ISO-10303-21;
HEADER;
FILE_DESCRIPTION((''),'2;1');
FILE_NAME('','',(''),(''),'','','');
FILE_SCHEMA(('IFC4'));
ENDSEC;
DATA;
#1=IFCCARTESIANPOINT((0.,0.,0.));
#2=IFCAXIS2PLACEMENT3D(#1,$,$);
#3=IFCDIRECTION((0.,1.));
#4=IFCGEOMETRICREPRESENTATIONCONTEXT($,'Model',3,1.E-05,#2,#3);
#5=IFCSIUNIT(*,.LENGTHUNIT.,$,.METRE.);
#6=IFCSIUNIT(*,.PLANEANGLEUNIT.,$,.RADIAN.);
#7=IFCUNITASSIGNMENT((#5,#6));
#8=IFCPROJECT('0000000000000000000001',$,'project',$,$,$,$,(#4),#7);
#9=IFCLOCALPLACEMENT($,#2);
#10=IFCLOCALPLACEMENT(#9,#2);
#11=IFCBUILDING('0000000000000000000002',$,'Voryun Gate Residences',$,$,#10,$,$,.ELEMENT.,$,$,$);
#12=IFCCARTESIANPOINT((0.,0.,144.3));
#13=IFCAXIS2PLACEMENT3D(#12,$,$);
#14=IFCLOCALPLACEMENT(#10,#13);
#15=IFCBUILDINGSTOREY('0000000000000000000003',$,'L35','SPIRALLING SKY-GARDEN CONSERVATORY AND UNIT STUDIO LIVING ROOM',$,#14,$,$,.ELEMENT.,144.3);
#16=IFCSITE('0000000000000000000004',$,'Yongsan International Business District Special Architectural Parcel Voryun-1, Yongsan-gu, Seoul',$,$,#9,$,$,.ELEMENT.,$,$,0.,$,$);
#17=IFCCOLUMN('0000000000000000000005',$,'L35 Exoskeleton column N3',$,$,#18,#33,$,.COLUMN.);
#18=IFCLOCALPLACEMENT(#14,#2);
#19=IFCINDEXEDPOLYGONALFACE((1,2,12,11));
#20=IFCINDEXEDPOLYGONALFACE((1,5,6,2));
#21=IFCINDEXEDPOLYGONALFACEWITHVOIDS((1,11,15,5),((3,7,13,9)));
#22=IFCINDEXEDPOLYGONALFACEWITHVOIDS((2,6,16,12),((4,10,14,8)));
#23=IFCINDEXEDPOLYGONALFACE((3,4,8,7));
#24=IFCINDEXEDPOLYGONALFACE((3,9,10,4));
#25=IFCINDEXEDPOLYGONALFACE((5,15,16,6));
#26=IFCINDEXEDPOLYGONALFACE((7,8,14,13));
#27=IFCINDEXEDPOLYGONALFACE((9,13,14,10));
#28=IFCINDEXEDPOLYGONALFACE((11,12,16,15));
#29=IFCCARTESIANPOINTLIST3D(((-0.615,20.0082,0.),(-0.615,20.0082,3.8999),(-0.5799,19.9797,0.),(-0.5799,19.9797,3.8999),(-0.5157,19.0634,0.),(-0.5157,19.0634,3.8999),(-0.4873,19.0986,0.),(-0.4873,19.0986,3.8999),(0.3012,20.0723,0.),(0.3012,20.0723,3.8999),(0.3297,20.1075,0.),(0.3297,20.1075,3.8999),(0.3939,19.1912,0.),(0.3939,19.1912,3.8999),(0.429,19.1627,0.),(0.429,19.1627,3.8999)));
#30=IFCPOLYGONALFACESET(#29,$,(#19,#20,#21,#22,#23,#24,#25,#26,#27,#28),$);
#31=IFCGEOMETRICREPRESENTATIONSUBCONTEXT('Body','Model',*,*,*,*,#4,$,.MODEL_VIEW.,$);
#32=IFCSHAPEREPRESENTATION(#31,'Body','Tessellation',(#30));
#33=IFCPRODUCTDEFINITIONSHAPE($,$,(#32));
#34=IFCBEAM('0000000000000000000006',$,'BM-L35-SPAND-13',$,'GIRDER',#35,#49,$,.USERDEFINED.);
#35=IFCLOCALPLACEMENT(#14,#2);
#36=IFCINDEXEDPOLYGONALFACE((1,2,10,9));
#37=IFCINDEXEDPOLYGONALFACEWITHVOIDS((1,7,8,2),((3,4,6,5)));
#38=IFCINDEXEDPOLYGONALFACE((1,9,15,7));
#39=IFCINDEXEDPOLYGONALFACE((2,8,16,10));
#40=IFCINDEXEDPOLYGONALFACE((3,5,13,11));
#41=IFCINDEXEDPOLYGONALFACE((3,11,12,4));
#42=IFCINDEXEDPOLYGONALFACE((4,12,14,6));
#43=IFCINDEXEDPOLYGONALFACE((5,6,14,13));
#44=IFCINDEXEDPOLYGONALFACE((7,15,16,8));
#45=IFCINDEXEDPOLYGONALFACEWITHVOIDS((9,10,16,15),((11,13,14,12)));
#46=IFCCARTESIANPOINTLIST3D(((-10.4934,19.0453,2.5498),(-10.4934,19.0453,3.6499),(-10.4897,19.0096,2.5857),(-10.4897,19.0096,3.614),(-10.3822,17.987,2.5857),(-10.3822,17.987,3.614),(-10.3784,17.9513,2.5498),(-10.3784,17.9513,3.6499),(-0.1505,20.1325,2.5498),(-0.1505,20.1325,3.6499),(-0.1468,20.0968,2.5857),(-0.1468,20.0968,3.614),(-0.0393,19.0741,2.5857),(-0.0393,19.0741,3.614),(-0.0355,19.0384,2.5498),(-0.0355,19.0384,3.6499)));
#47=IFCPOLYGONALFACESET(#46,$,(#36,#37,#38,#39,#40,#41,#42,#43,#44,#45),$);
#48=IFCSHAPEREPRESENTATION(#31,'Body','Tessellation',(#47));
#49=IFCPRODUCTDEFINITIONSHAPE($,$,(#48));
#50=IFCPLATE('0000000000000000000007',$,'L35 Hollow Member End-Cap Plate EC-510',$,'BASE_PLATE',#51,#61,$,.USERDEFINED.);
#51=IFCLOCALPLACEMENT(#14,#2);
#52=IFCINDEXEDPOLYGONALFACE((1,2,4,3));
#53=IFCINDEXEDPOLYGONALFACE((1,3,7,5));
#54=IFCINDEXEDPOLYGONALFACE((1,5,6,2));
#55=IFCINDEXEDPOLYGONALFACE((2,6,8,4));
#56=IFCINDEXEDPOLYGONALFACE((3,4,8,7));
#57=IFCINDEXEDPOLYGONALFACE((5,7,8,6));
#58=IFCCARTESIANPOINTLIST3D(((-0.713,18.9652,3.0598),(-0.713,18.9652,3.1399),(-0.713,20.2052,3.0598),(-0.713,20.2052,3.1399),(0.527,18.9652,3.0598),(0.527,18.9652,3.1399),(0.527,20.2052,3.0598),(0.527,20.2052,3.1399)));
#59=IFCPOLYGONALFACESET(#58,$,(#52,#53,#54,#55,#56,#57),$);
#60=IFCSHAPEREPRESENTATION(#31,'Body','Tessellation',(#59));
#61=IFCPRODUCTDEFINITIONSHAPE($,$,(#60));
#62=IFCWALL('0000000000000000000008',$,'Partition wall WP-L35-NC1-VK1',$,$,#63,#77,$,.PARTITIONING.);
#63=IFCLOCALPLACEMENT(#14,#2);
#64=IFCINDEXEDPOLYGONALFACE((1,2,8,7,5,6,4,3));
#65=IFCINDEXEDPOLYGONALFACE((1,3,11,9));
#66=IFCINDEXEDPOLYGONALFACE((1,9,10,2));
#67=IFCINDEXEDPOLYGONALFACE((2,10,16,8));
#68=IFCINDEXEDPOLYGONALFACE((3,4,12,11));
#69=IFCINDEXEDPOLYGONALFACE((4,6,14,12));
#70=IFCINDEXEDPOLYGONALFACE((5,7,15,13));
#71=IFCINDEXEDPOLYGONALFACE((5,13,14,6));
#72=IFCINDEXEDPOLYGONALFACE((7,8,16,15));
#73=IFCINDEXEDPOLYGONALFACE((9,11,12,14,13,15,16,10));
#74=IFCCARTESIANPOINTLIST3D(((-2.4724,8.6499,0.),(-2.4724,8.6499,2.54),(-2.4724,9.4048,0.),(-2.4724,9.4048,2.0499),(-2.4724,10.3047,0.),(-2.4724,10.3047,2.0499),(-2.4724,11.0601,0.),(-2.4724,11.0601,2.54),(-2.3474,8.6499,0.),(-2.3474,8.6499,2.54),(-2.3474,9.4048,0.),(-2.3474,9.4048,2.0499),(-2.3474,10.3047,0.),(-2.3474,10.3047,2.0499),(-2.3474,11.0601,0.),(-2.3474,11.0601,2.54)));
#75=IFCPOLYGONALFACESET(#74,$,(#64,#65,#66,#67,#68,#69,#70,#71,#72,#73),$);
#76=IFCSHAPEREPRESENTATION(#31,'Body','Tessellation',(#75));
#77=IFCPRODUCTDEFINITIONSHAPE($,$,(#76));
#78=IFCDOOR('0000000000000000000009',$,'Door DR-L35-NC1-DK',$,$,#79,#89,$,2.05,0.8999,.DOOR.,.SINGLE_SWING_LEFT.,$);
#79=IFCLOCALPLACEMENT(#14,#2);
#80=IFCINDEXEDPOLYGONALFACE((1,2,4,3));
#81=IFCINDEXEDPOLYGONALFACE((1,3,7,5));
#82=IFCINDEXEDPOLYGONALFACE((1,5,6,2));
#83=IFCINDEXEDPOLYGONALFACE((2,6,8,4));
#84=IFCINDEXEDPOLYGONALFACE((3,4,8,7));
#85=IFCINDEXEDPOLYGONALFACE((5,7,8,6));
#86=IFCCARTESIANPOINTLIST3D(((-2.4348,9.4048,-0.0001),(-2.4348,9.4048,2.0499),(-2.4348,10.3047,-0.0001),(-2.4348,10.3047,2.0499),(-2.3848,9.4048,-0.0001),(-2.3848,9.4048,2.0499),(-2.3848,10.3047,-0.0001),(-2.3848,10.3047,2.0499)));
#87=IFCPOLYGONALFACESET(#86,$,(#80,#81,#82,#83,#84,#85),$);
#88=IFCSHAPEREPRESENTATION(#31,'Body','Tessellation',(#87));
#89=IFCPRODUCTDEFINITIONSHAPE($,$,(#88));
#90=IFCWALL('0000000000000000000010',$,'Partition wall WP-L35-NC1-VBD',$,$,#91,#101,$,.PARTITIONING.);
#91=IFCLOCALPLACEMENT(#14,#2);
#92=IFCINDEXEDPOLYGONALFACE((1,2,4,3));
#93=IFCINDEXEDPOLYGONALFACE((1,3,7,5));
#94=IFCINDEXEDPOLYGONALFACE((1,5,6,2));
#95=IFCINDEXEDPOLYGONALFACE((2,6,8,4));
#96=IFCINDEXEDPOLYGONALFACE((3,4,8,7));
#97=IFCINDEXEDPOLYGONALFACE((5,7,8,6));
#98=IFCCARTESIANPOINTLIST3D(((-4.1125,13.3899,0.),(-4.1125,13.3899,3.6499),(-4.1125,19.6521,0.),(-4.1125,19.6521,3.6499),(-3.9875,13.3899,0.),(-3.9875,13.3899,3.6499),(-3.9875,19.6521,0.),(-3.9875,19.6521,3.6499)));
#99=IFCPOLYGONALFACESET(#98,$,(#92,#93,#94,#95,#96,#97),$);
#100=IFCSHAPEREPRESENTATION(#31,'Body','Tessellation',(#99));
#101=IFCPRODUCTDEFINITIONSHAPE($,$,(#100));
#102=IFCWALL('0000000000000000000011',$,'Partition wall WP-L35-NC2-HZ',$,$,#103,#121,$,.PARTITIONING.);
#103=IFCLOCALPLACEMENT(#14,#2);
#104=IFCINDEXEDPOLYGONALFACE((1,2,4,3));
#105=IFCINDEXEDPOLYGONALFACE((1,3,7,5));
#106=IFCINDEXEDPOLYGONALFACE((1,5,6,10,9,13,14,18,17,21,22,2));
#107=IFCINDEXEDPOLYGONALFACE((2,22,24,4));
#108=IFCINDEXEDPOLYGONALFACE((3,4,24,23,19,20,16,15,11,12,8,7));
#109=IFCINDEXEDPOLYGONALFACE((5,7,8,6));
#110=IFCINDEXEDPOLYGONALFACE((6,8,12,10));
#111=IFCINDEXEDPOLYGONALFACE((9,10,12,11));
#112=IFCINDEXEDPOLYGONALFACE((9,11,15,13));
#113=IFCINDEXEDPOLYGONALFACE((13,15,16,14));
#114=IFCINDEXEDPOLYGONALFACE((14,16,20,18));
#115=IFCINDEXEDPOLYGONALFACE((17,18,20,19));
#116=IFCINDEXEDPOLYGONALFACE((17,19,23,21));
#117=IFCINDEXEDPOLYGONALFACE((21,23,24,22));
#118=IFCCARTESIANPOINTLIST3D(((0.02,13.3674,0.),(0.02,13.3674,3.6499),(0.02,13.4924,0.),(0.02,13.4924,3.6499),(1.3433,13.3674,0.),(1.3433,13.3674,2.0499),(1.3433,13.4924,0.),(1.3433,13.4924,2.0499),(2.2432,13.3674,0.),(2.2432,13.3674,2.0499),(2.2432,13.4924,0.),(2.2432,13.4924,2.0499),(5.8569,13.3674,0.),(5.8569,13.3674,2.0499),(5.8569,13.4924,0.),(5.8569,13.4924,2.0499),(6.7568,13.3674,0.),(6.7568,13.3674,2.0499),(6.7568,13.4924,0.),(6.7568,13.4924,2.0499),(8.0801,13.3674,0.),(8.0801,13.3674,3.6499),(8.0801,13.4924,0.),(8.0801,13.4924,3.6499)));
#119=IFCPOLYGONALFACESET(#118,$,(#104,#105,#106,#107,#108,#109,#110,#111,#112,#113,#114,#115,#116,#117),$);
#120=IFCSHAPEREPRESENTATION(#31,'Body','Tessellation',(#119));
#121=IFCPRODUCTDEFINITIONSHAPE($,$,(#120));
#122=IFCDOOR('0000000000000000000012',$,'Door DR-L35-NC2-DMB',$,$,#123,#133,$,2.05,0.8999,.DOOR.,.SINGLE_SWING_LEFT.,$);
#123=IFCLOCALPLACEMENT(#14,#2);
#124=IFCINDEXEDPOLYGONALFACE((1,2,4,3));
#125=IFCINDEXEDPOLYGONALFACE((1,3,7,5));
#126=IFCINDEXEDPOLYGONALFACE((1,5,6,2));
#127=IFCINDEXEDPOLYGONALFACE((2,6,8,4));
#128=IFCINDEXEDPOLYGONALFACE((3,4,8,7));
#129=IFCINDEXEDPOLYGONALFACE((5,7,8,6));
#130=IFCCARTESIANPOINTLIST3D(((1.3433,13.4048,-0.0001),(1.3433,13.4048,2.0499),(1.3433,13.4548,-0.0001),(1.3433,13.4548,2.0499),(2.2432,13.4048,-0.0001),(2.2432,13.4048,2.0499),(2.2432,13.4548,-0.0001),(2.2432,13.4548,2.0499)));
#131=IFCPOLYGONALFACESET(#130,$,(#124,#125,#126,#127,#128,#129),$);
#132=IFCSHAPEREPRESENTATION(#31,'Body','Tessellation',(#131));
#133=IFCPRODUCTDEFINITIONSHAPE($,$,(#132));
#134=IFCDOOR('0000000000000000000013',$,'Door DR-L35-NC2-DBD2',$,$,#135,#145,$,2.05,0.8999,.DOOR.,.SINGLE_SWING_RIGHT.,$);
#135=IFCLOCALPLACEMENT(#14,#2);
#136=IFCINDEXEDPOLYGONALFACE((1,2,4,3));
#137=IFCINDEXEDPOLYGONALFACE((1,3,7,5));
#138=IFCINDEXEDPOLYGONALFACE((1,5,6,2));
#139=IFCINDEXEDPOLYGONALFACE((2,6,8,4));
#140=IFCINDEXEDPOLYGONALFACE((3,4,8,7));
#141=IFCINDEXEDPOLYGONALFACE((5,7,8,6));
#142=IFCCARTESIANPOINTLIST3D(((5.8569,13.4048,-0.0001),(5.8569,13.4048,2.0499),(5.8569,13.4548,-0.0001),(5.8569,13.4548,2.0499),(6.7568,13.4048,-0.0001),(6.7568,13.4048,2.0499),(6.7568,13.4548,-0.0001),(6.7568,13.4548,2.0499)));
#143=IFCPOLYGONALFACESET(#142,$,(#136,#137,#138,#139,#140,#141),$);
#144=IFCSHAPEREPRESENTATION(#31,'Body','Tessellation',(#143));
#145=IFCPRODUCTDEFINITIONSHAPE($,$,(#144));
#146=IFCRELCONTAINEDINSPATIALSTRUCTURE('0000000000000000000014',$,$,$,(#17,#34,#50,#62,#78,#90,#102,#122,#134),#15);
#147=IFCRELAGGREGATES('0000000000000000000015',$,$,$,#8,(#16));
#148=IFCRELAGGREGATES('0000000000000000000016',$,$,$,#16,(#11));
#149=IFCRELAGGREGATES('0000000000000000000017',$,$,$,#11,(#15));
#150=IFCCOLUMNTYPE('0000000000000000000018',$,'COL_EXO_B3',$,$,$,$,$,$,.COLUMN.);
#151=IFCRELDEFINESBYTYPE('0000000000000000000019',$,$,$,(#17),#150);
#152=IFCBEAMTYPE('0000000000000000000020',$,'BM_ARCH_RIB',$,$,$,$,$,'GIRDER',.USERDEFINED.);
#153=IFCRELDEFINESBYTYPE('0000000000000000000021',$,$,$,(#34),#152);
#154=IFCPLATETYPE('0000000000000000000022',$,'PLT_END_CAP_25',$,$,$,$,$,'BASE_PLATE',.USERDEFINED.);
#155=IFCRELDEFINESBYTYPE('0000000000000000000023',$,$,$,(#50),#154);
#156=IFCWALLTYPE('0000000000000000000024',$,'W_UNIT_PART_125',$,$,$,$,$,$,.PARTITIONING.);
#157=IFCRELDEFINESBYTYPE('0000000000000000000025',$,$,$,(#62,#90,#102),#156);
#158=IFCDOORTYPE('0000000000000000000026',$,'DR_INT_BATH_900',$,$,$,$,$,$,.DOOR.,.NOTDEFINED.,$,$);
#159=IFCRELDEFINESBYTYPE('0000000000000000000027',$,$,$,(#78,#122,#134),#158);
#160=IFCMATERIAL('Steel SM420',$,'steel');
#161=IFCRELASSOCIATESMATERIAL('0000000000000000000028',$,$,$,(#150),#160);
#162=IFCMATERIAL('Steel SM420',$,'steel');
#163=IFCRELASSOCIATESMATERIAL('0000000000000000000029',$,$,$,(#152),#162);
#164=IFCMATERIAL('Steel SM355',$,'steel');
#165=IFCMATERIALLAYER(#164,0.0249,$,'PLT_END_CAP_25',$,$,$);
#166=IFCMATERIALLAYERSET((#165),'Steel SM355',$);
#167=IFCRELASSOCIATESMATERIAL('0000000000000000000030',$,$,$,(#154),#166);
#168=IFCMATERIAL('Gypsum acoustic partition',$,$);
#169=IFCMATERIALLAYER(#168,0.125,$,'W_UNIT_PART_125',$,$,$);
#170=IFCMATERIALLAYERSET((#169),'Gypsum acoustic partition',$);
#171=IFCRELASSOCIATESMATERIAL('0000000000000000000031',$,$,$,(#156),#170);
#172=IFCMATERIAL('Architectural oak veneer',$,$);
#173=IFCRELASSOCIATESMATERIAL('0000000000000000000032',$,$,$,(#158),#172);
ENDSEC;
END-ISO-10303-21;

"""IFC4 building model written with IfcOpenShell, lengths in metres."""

from ifc_helpers import new_model, si_unit, direction, frame, frame_2d, origin, origin_2d, place, context, subcontext, project, spatial, rectangle, hollow_rectangle, extrude, material, layer, layer_set, material_profile, profile_set, type_object, element, fill, save


model = new_model("IFC4")

# Units and contexts
model_context = context("Model", 3, precision=1e-05, world=origin(), true_north=direction((0.0, 1.0)))
body_context = subcontext(model_context, "Body", "Model", "MODEL_VIEW")
ifc_project = project(units=[si_unit("LENGTHUNIT", "METRE"), si_unit("PLANEANGLEUNIT", "RADIAN")], contexts=[model_context])

# Site, building, storey
site_placement = place(None, origin())
site = spatial("IfcSite", under=ifc_project, at=site_placement, Name="Yongsan International Business District Special Architectural Parcel Voryun-1, Yongsan-gu, Seoul", CompositionType="ELEMENT", RefElevation=0.0)
building_placement = place(site_placement, origin())
building = spatial("IfcBuilding", under=site, at=building_placement, Name="Voryun Gate Residences", CompositionType="ELEMENT")
storey_placement = place(building_placement, frame((0.0, 0.0, 144.3)))
storey = spatial("IfcBuildingStorey", under=building, at=storey_placement, Name="L35", Description="SPIRALLING SKY-GARDEN CONSERVATORY AND UNIT STUDIO LIVING ROOM", CompositionType="ELEMENT", Elevation=144.3)

# Column
ifc_material_1 = material(Name="Steel SM420", Category="steel")
ifc_material_profile_1 = material_profile(ifc_material_1, hollow_rectangle(XDim=0.95, YDim=0.95, WallThickness=0.032, at=origin_2d()), Name="BOX-950x950x32")
ifc_profile_set_1 = profile_set([ifc_material_profile_1], Name="Steel SM420")
column_type = type_object("IfcColumnType", Name="COL_EXO_B3", PredefinedType="COLUMN", material=ifc_profile_set_1)
column_placement = place(storey_placement, frame((-0.093, 19.5854, 0.0), z_axis=(0.0, 0.0, 1.0), x_axis=(0.994522, 0.104528, 0.0)))
element("IfcColumn", 1, at=column_placement, inside=storey, type_object=column_type, Name="L35 Exoskeleton column N3", PredefinedType="COLUMN", context=body_context, shape_type="SweptSolid", body=[
    extrude(hollow_rectangle(XDim=0.95, YDim=0.95, WallThickness=0.032, at=origin_2d()), origin(), (0.0, 0.0, 1.0), 3.8999),
])

# Beam
ifc_material_2 = material(Name="Steel SM420", Category="steel")
ifc_material_profile_2 = material_profile(ifc_material_2, hollow_rectangle(XDim=1.1001, YDim=1.1001, WallThickness=0.0359, at=origin_2d()), Name="BOX-1100x1100x36")
ifc_profile_set_2 = profile_set([ifc_material_profile_2], Name="Steel SM420")
beam_type = type_object("IfcBeamType", Name="BM_ARCH_RIB", ElementType="GIRDER", PredefinedType="USERDEFINED", material=ifc_profile_set_2)
beam_placement = place(storey_placement, frame((-0.093, 19.5854, 3.0999), z_axis=(-0.994521, -0.104534, 0.0), x_axis=(0.104534, -0.994521, 0.0)))
element("IfcBeam", 2, at=beam_placement, inside=storey, type_object=beam_type, Name="BM-L35-SPAND-13", ObjectType="GIRDER", PredefinedType="USERDEFINED", context=body_context, shape_type="SweptSolid", body=[
    extrude(hollow_rectangle(XDim=1.1001, YDim=1.1001, WallThickness=0.0359, at=origin_2d()), origin(), (0.0, 0.0, 1.0), 10.3999),
])

# Plate
ifc_material_3 = material(Name="Steel SM355", Category="steel")
ifc_layer_1 = layer(ifc_material_3, 0.0249, Name="PLT_END_CAP_25")
ifc_layer_set_1 = layer_set([ifc_layer_1], Name="Steel SM355")
plate_type = type_object("IfcPlateType", Name="PLT_END_CAP_25", ElementType="BASE_PLATE", PredefinedType="USERDEFINED", material=ifc_layer_set_1)
plate_placement = place(storey_placement, frame((-0.093, 19.5852, 3.0598), z_axis=(0.0, 0.0, 1.0), x_axis=(1.0, 0.0, 0.0)))
element("IfcPlate", 3, at=plate_placement, inside=storey, type_object=plate_type, Name="L35 Hollow Member End-Cap Plate EC-510", ObjectType="BASE_PLATE", PredefinedType="USERDEFINED", context=body_context, shape_type="SweptSolid", body=[
    extrude(rectangle(XDim=1.24, YDim=1.24, at=origin_2d()), origin(), (0.0, 0.0, 1.0), 0.0801),
])

# Wall, opening, door
ifc_material_4 = material(Name="Gypsum acoustic partition")
ifc_layer_2 = layer(ifc_material_4, 0.125, Name="W_UNIT_PART_125")
ifc_layer_set_2 = layer_set([ifc_layer_2], Name="Gypsum acoustic partition")
wall_type_1 = type_object("IfcWallType", Name="W_UNIT_PART_125", PredefinedType="PARTITIONING", material=ifc_layer_set_2)
wall_1_placement = place(storey_placement, frame((-2.4099, 8.6499, 0.0), z_axis=(0.0, 0.0, 1.0), x_axis=(0.0, 1.0, 0.0)))
wall_1 = element("IfcWall", 4, at=wall_1_placement, inside=storey, type_object=wall_type_1, Name="Partition wall WP-L35-NC1-VK1", PredefinedType="PARTITIONING", context=body_context, shape_type="SweptSolid", body=[
    extrude(rectangle(XDim=2.4102, YDim=0.125, at=frame_2d((1.2051, 0.0))), origin(), (0.0, 0.0, 1.0), 2.54),
])
opening_1_placement = place(wall_1_placement, frame((0.7549, 0.0, 0.0)))
opening_1 = element("IfcOpeningElement", 5, at=opening_1_placement, cuts=wall_1, PredefinedType="OPENING", context=body_context, shape_type="SweptSolid", body=[
    extrude(rectangle(XDim=0.8999, YDim=2.05, at=frame_2d((0.45, 1.0249))), frame((0.0, 0.0725, 0.0), z_axis=(0.0, -1.0, 0.0), x_axis=(1.0, 0.0, 0.0)), (0.0, 0.0, 1.0), 0.145),
])
ifc_material_5 = material(Name="Architectural oak veneer")
door_type = type_object("IfcDoorType", Name="DR_INT_BATH_900", OperationType="NOTDEFINED", PredefinedType="DOOR", material=ifc_material_5)
door_1_placement = place(opening_1_placement, origin())
door_1 = element("IfcDoor", 6, at=door_1_placement, inside=storey, type_object=door_type, Name="Door DR-L35-NC1-DK", OperationType="SINGLE_SWING_LEFT", OverallHeight=2.05, OverallWidth=0.8999, PredefinedType="DOOR", context=body_context, shape_type="SweptSolid", body=[
    extrude(rectangle(XDim=0.8999, YDim=2.05, at=frame_2d((0.45, 1.0249))), frame((0.0, 0.0249, 0.0), z_axis=(0.0, -1.0, 0.0), x_axis=(1.0, 0.0, 0.0)), (0.0, 0.0, 1.0), 0.05),
])
fill(opening_1, door_1)

# Wall
wall_2_placement = place(storey_placement, frame((-4.05, 13.3899, 0.0), z_axis=(0.0, 0.0, 1.0), x_axis=(0.0, 1.0, 0.0)))
element("IfcWall", 7, at=wall_2_placement, inside=storey, type_object=wall_type_1, Name="Partition wall WP-L35-NC1-VBD", PredefinedType="PARTITIONING", context=body_context, shape_type="SweptSolid", body=[
    extrude(rectangle(XDim=6.2622, YDim=0.125, at=frame_2d((3.1311, 0.0))), origin(), (0.0, 0.0, 1.0), 3.6499),
])

# Wall, openings, doors
wall_3_placement = place(storey_placement, frame((0.02, 13.4299, 0.0), z_axis=(0.0, 0.0, 1.0), x_axis=(1.0, 0.0, 0.0)))
wall_3 = element("IfcWall", 8, at=wall_3_placement, inside=storey, type_object=wall_type_1, Name="Partition wall WP-L35-NC2-HZ", PredefinedType="PARTITIONING", context=body_context, shape_type="SweptSolid", body=[
    extrude(rectangle(XDim=8.0601, YDim=0.125, at=frame_2d((4.03, 0.0))), origin(), (0.0, 0.0, 1.0), 3.6499),
])
opening_2_placement = place(wall_3_placement, frame((1.3232, 0.0, 0.0)))
opening_2 = element("IfcOpeningElement", 9, at=opening_2_placement, cuts=wall_3, PredefinedType="OPENING", context=body_context, shape_type="SweptSolid", body=[
    extrude(rectangle(XDim=0.8999, YDim=2.05, at=frame_2d((0.45, 1.0249))), frame((0.0, 0.0725, 0.0), z_axis=(0.0, -1.0, 0.0), x_axis=(1.0, 0.0, 0.0)), (0.0, 0.0, 1.0), 0.145),
])
opening_3_placement = place(wall_3_placement, frame((5.8369, 0.0, 0.0)))
opening_3 = element("IfcOpeningElement", 10, at=opening_3_placement, cuts=wall_3, PredefinedType="OPENING", context=body_context, shape_type="SweptSolid", body=[
    extrude(rectangle(XDim=0.8999, YDim=2.05, at=frame_2d((0.45, 1.0249))), frame((0.0, 0.0725, 0.0), z_axis=(0.0, -1.0, 0.0), x_axis=(1.0, 0.0, 0.0)), (0.0, 0.0, 1.0), 0.145),
])
door_2_placement = place(opening_2_placement, origin())
door_2 = element("IfcDoor", 11, at=door_2_placement, inside=storey, type_object=door_type, Name="Door DR-L35-NC2-DMB", OperationType="SINGLE_SWING_LEFT", OverallHeight=2.05, OverallWidth=0.8999, PredefinedType="DOOR", context=body_context, shape_type="SweptSolid", body=[
    extrude(rectangle(XDim=0.8999, YDim=2.05, at=frame_2d((0.45, 1.0249))), frame((0.0, 0.0249, 0.0), z_axis=(0.0, -1.0, 0.0), x_axis=(1.0, 0.0, 0.0)), (0.0, 0.0, 1.0), 0.05),
])
fill(opening_2, door_2)
door_3_placement = place(opening_3_placement, origin())
door_3 = element("IfcDoor", 12, at=door_3_placement, inside=storey, type_object=door_type, Name="Door DR-L35-NC2-DBD2", OperationType="SINGLE_SWING_RIGHT", OverallHeight=2.05, OverallWidth=0.8999, PredefinedType="DOOR", context=body_context, shape_type="SweptSolid", body=[
    extrude(rectangle(XDim=0.8999, YDim=2.05, at=frame_2d((0.45, 1.0249))), frame((0.0, 0.0249, 0.0), z_axis=(0.0, -1.0, 0.0), x_axis=(1.0, 0.0, 0.0)), (0.0, 0.0, 1.0), 0.05),
])
fill(opening_3, door_3)

save(model, "model.ifc")
